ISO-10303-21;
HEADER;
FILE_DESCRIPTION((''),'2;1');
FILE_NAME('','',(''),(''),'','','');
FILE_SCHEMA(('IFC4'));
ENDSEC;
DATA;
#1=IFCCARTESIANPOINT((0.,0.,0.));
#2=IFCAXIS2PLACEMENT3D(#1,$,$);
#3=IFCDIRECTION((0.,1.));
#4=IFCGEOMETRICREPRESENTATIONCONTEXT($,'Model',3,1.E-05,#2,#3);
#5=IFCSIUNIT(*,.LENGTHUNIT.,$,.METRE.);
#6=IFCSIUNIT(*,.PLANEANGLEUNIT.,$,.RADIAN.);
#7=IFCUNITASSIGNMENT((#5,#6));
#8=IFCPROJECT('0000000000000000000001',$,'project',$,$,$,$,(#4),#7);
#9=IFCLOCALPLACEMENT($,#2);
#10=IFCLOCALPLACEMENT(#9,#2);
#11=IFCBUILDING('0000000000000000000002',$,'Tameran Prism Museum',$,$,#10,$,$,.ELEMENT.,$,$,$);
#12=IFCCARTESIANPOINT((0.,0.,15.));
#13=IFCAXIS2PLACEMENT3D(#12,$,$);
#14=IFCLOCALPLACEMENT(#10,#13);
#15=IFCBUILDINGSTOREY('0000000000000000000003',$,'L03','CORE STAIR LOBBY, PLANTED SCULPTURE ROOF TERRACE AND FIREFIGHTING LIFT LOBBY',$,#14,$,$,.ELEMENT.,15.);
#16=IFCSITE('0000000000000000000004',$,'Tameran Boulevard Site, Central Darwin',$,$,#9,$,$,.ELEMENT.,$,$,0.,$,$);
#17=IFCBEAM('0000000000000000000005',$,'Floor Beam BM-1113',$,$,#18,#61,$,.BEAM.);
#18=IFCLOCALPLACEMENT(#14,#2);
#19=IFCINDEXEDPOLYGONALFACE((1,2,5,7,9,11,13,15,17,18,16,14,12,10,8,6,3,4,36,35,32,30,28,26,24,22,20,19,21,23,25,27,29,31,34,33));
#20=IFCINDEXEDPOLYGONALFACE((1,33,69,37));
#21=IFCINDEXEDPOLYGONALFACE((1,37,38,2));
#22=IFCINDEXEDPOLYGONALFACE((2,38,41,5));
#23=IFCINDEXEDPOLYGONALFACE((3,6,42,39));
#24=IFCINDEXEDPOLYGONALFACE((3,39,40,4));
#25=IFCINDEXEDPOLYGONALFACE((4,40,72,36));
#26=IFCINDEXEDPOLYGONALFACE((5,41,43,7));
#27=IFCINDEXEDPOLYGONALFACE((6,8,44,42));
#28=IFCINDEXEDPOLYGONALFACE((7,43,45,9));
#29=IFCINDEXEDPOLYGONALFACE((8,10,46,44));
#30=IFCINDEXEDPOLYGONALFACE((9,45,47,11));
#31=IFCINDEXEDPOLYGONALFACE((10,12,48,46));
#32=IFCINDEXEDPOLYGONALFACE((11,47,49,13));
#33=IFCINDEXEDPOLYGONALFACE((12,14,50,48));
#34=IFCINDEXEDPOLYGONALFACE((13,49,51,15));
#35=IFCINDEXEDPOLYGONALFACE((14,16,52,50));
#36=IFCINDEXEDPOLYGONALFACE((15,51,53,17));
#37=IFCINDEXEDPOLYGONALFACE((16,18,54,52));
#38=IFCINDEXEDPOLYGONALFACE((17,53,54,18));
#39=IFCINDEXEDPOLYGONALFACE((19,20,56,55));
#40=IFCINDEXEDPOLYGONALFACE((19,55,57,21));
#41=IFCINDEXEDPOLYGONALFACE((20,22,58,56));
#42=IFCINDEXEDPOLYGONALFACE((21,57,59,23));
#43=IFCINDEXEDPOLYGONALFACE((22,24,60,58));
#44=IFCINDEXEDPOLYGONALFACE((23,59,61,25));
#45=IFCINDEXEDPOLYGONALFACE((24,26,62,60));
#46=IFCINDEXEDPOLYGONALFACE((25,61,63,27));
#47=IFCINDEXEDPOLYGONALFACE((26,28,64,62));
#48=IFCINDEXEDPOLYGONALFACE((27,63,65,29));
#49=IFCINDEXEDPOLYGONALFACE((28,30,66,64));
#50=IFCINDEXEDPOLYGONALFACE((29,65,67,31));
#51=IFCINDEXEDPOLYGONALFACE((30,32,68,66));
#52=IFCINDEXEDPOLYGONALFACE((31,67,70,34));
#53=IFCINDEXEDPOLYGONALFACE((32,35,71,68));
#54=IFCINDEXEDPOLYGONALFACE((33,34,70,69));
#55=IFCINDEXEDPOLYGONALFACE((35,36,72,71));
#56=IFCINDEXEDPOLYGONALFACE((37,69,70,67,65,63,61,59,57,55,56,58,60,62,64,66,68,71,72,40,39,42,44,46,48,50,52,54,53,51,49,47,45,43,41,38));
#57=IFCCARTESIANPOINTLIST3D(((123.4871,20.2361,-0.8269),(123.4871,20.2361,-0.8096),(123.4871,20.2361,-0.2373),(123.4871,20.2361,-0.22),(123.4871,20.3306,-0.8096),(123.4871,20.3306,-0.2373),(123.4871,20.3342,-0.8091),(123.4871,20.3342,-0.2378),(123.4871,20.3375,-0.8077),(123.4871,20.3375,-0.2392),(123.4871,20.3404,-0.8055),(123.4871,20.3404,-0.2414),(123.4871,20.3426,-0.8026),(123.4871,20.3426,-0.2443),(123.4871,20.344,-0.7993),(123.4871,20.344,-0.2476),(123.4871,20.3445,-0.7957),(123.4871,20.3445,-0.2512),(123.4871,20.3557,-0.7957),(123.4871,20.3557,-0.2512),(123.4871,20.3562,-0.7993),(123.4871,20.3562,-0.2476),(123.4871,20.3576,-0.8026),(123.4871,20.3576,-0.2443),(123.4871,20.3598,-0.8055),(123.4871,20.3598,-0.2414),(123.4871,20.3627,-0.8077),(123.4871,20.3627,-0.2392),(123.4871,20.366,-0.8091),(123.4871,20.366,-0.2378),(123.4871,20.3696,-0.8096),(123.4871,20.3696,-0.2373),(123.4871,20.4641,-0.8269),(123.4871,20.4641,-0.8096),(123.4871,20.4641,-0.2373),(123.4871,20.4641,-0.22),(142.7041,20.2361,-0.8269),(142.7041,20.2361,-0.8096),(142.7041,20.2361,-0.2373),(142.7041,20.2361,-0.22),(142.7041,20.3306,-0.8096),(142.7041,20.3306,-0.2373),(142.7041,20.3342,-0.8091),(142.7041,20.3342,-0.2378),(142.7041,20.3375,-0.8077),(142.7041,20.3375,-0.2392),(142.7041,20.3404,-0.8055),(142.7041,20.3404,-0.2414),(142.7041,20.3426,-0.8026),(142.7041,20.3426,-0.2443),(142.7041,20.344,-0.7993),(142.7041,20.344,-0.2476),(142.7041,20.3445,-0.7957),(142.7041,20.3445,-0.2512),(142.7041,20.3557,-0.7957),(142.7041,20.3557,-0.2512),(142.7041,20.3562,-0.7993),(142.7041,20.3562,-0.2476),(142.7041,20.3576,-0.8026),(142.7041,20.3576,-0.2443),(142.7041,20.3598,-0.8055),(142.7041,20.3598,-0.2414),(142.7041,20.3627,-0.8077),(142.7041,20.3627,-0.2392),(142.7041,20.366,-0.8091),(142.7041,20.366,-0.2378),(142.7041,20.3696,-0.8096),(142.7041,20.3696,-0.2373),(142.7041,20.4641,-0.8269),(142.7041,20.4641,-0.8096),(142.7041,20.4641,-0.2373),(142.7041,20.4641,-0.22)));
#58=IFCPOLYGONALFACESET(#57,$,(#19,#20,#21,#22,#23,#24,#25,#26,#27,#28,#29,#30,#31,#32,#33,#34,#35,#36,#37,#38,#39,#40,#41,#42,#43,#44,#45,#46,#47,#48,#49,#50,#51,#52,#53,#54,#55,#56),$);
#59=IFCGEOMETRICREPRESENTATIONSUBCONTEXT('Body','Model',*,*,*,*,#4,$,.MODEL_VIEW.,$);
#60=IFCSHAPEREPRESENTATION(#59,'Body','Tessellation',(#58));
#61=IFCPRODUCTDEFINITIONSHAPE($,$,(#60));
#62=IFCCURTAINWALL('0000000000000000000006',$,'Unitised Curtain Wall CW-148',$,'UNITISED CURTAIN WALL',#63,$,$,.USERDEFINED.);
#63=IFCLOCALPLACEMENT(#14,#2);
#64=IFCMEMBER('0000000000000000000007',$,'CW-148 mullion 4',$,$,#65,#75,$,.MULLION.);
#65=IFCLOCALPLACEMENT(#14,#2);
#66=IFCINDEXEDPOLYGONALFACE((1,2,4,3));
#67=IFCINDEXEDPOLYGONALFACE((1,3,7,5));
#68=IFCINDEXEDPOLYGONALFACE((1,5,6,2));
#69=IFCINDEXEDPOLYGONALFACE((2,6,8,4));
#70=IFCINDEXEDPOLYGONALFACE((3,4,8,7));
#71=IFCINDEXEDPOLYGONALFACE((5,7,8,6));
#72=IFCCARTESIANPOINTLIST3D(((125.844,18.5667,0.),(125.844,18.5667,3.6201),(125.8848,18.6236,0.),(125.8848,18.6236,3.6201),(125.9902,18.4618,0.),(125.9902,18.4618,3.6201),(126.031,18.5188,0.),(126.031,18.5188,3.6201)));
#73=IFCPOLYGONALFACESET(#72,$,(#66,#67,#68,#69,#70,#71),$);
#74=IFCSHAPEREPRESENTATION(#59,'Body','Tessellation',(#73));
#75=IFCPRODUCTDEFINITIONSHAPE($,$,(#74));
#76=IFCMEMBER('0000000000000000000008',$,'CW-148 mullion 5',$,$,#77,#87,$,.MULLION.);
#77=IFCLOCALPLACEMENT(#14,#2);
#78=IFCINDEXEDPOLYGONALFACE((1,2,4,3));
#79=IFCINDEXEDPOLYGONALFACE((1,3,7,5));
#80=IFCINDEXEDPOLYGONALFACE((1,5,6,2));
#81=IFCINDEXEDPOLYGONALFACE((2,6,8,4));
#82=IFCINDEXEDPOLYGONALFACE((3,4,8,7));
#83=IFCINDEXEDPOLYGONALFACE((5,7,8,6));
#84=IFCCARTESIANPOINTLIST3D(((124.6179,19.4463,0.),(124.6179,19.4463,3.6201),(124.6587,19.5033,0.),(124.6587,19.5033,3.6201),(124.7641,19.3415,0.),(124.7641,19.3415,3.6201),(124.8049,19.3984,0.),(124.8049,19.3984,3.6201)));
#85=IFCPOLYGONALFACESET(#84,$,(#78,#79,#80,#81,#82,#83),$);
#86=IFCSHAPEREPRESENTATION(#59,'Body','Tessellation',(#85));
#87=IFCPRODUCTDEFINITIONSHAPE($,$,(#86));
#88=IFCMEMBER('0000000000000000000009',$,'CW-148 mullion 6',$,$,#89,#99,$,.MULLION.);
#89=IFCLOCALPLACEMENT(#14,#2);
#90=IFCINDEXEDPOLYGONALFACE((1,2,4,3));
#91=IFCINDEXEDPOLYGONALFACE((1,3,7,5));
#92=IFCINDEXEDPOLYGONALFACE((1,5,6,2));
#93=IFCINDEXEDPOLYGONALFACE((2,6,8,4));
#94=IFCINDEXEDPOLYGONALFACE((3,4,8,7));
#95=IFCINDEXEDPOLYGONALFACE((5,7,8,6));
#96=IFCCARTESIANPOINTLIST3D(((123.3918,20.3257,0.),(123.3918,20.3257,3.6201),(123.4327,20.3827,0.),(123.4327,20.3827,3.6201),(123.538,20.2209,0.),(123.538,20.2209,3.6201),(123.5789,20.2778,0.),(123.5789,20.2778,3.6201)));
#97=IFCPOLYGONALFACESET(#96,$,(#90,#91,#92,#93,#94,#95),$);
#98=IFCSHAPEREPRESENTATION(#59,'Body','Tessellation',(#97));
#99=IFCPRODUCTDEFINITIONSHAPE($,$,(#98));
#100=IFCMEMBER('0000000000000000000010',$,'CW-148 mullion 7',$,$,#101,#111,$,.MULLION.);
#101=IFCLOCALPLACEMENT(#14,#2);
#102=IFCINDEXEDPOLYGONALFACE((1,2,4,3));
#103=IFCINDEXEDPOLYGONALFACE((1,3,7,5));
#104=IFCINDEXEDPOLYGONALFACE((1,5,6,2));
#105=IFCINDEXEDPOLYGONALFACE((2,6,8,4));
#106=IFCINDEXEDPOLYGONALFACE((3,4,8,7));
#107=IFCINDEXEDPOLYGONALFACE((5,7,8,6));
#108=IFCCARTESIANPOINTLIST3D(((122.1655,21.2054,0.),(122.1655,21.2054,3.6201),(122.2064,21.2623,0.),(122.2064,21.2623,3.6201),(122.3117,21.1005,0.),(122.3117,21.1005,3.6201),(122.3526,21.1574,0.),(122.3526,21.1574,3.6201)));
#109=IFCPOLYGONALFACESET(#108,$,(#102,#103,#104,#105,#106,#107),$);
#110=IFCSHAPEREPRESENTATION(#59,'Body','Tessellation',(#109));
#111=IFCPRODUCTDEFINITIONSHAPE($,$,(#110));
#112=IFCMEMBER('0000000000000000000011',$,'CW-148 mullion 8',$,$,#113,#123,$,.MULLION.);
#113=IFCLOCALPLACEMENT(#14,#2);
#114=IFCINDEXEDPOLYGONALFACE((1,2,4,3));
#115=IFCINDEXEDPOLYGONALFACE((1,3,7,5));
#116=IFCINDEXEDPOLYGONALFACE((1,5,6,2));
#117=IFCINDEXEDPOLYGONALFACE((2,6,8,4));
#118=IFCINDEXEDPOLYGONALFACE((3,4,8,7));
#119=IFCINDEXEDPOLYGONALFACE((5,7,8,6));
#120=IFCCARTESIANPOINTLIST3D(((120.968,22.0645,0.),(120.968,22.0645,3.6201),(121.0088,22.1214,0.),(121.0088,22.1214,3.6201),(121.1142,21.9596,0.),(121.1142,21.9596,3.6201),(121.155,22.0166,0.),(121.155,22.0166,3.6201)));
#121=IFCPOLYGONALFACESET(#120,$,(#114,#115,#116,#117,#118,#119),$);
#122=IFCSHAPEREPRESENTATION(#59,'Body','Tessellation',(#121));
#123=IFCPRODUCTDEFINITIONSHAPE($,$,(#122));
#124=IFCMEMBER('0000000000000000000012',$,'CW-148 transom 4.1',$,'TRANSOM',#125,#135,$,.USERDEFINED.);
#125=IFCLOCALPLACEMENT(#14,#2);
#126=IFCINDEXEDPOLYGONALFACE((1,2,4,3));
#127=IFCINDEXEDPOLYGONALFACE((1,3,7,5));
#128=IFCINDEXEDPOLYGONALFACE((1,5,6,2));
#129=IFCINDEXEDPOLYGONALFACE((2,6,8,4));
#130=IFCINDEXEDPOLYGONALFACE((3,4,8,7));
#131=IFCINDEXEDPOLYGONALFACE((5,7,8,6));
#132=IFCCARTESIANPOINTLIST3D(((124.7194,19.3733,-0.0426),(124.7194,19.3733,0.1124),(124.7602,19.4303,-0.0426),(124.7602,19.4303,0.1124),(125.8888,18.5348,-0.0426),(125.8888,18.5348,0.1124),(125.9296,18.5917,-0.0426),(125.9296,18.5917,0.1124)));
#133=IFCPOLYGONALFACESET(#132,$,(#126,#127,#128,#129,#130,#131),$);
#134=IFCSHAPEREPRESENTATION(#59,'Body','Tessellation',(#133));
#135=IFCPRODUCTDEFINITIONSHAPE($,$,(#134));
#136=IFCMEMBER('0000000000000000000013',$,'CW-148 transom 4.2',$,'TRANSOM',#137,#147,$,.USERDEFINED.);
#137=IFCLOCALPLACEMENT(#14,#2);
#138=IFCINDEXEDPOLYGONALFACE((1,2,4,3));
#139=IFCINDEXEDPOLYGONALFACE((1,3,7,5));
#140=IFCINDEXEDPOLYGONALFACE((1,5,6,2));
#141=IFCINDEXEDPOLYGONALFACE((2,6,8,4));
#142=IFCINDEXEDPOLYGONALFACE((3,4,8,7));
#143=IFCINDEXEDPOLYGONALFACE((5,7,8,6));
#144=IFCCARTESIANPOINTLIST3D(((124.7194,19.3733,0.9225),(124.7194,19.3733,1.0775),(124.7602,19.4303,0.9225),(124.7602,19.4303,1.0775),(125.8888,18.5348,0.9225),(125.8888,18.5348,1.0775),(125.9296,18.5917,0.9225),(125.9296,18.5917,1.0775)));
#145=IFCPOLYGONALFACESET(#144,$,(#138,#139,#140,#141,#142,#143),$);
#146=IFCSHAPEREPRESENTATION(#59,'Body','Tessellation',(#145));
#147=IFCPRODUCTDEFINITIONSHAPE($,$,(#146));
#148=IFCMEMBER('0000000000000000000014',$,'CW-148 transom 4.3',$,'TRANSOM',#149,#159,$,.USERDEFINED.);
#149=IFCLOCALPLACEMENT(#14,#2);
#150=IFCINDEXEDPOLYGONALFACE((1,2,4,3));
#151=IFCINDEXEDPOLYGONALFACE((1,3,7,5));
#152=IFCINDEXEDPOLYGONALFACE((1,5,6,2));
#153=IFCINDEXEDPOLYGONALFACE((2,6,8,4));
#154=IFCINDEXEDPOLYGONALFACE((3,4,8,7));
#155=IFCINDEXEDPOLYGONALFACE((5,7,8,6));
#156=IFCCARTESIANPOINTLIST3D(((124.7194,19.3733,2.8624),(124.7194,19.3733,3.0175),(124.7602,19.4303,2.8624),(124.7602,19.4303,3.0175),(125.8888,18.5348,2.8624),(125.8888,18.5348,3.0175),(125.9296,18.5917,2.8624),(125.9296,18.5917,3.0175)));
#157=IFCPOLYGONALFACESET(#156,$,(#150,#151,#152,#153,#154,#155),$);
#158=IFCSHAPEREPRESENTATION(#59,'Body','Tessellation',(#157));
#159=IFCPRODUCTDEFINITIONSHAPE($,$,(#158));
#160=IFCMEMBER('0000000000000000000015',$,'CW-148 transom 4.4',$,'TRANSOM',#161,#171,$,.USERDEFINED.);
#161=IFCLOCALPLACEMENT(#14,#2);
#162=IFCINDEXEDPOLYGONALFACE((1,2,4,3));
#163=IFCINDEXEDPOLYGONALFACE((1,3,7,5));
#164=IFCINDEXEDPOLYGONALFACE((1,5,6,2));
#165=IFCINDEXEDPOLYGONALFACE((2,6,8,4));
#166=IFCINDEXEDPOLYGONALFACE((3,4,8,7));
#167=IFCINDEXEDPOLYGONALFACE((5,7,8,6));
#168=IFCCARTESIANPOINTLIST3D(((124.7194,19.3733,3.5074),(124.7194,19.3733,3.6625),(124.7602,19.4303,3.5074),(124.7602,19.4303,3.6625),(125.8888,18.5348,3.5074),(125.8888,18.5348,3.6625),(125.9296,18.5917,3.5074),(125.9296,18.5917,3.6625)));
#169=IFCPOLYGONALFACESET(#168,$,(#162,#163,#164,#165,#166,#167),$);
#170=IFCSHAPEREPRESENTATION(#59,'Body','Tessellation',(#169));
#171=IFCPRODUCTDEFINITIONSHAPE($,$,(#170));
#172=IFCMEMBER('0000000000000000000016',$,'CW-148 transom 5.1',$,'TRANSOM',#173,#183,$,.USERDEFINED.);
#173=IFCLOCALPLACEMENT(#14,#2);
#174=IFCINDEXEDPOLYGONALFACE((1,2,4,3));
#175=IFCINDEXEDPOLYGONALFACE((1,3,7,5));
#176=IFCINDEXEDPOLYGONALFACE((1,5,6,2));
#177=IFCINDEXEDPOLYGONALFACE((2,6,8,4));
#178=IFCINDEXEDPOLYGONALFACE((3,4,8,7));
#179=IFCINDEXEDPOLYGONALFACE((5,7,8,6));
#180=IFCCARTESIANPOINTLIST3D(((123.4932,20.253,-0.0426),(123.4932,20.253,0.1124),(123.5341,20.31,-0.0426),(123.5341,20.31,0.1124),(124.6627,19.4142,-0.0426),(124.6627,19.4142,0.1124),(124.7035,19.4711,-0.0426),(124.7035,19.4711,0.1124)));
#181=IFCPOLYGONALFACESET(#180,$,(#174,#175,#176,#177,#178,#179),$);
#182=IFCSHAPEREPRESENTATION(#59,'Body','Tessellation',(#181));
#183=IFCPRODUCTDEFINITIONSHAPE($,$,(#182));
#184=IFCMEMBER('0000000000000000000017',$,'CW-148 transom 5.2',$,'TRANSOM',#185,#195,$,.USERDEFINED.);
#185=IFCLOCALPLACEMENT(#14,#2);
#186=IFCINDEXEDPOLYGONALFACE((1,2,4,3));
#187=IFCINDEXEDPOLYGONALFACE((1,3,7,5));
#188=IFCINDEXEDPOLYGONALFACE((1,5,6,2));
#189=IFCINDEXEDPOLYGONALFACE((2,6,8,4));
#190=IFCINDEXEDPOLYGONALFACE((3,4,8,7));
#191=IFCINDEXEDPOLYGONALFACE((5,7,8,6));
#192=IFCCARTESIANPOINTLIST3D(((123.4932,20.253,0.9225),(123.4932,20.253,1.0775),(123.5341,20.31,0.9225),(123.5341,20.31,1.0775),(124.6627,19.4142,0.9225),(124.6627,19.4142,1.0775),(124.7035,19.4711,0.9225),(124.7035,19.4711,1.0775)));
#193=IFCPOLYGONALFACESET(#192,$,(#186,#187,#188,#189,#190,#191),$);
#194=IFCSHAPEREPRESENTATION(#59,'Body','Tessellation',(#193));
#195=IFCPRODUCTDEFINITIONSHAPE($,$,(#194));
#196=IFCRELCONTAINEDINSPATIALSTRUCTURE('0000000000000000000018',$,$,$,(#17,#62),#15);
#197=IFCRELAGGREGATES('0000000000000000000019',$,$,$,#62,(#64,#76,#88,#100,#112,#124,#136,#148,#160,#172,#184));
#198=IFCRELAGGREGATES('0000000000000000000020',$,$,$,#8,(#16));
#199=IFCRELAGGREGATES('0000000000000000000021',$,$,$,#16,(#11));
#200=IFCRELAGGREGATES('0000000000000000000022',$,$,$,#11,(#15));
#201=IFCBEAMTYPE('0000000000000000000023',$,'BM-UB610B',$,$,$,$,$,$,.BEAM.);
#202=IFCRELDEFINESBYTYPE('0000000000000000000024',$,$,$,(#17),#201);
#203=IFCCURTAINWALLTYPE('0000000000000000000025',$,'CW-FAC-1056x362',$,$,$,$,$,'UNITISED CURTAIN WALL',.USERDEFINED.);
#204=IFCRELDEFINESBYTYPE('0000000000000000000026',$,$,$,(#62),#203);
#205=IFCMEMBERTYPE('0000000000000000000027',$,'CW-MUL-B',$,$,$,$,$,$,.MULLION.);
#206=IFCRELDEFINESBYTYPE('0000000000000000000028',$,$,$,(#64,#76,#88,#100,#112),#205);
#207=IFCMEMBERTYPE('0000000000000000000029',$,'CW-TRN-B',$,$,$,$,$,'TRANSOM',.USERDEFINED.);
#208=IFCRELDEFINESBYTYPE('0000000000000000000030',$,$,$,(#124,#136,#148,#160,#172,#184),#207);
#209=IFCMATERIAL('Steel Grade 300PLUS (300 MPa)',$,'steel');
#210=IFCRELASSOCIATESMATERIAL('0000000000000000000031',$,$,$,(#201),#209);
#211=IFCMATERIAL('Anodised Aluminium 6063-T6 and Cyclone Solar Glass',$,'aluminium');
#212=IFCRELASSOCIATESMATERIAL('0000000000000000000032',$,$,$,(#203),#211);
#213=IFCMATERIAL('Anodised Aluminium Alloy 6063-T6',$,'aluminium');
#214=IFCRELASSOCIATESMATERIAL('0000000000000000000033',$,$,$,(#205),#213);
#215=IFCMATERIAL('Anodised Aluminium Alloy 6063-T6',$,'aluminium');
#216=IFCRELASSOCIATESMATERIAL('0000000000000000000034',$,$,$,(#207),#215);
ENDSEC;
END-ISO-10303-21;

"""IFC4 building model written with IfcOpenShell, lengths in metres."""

from ifc_helpers import new_model, si_unit, direction, frame, origin, origin_2d, place, context, subcontext, project, spatial, rectangle, i_section, extrude, material, material_profile, profile_set, type_object, element, aggregate, save


model = new_model("IFC4")

# Units and contexts
model_context = context("Model", 3, precision=1e-05, world=origin(), true_north=direction((0.0, 1.0)))
body_context = subcontext(model_context, "Body", "Model", "MODEL_VIEW")
ifc_project = project(units=[si_unit("LENGTHUNIT", "METRE"), si_unit("PLANEANGLEUNIT", "RADIAN")], contexts=[model_context])

# Site, building, storey
site_placement = place(None, origin())
site = spatial("IfcSite", under=ifc_project, at=site_placement, Name="Tameran Boulevard Site, Central Darwin", CompositionType="ELEMENT", RefElevation=0.0)
building_placement = place(site_placement, origin())
building = spatial("IfcBuilding", under=site, at=building_placement, Name="Tameran Prism Museum", CompositionType="ELEMENT")
storey_placement = place(building_placement, frame((0.0, 0.0, 15.0)))
storey = spatial("IfcBuildingStorey", under=building, at=storey_placement, Name="L03", Description="CORE STAIR LOBBY, PLANTED SCULPTURE ROOF TERRACE AND FIREFIGHTING LIFT LOBBY", CompositionType="ELEMENT", Elevation=15.0)

# Beam
ifc_material_1 = material(Name="Steel Grade 300PLUS (300 MPa)", Category="steel")
ifc_material_profile_1 = material_profile(ifc_material_1, i_section(OverallWidth=0.228, OverallDepth=0.6069, WebThickness=0.0112, FlangeThickness=0.0173, FilletRadius=0.0139, at=origin_2d()))
ifc_profile_set_1 = profile_set([ifc_material_profile_1])
beam_type = type_object("IfcBeamType", Name="BM-UB610B", PredefinedType="BEAM", material=ifc_profile_set_1)
beam_placement = place(storey_placement, frame((123.4871, 20.3501, -0.5234), z_axis=(1.0, 0.0, 0.0), x_axis=(0.0, 1.0, 0.0)))
element("IfcBeam", 1, at=beam_placement, inside=storey, type_object=beam_type, Name="Floor Beam BM-1113", PredefinedType="BEAM", context=body_context, shape_type="SweptSolid", body=[
    extrude(i_section(OverallWidth=0.228, OverallDepth=0.6069, WebThickness=0.0112, FlangeThickness=0.0173, FilletRadius=0.0139, at=origin_2d()), origin(), (0.0, 0.0, 1.0), 19.217),
])

# Curtain wall, members
ifc_material_2 = material(Name="Anodised Aluminium 6063-T6 and Cyclone Solar Glass", Category="aluminium")
curtain_wall_type = type_object("IfcCurtainWallType", Name="CW-FAC-1056x362", ElementType="UNITISED CURTAIN WALL", PredefinedType="USERDEFINED", material=ifc_material_2)
curtain_wall_placement = place(storey_placement, origin())
curtain_wall = element("IfcCurtainWall", 2, at=curtain_wall_placement, inside=storey, type_object=curtain_wall_type, Name="Unitised Curtain Wall CW-148", ObjectType="UNITISED CURTAIN WALL", PredefinedType="USERDEFINED")
ifc_material_3 = material(Name="Anodised Aluminium Alloy 6063-T6", Category="aluminium")
ifc_material_profile_2 = material_profile(ifc_material_3, rectangle(XDim=0.0701, YDim=0.1799, at=origin_2d()))
ifc_profile_set_2 = profile_set([ifc_material_profile_2])
member_type_1 = type_object("IfcMemberType", Name="CW-MUL-B", PredefinedType="MULLION", material=ifc_profile_set_2)
member_1_placement = place(storey_placement, frame((125.9375, 18.5427, 0.0), z_axis=(0.0, 0.0, 1.0), x_axis=(-0.582885, -0.812555, 0.0)))
member_1 = element("IfcMember", 3, at=member_1_placement, type_object=member_type_1, Name="CW-148 mullion 4", PredefinedType="MULLION", context=body_context, shape_type="SweptSolid", body=[
    extrude(rectangle(XDim=0.0701, YDim=0.1799, at=origin_2d()), origin(), (0.0, 0.0, 1.0), 3.6201),
])
member_2_placement = place(storey_placement, frame((124.7114, 19.4224, 0.0), z_axis=(0.0, 0.0, 1.0), x_axis=(-0.582885, -0.812555, 0.0)))
member_2 = element("IfcMember", 4, at=member_2_placement, type_object=member_type_1, Name="CW-148 mullion 5", PredefinedType="MULLION", context=body_context, shape_type="SweptSolid", body=[
    extrude(rectangle(XDim=0.0701, YDim=0.1799, at=origin_2d()), origin(), (0.0, 0.0, 1.0), 3.6201),
])
member_3_placement = place(storey_placement, frame((123.4854, 20.3018, 0.0), z_axis=(0.0, 0.0, 1.0), x_axis=(-0.582885, -0.812555, 0.0)))
member_3 = element("IfcMember", 5, at=member_3_placement, type_object=member_type_1, Name="CW-148 mullion 6", PredefinedType="MULLION", context=body_context, shape_type="SweptSolid", body=[
    extrude(rectangle(XDim=0.0701, YDim=0.1799, at=origin_2d()), origin(), (0.0, 0.0, 1.0), 3.6201),
])
member_4_placement = place(storey_placement, frame((122.259, 21.1814, 0.0), z_axis=(0.0, 0.0, 1.0), x_axis=(-0.582885, -0.812555, 0.0)))
member_4 = element("IfcMember", 6, at=member_4_placement, type_object=member_type_1, Name="CW-148 mullion 7", PredefinedType="MULLION", context=body_context, shape_type="SweptSolid", body=[
    extrude(rectangle(XDim=0.0701, YDim=0.1799, at=origin_2d()), origin(), (0.0, 0.0, 1.0), 3.6201),
])
member_5_placement = place(storey_placement, frame((121.0615, 22.0405, 0.0), z_axis=(0.0, 0.0, 1.0), x_axis=(-0.582885, -0.812555, 0.0)))
member_5 = element("IfcMember", 7, at=member_5_placement, type_object=member_type_1, Name="CW-148 mullion 8", PredefinedType="MULLION", context=body_context, shape_type="SweptSolid", body=[
    extrude(rectangle(XDim=0.0701, YDim=0.1799, at=origin_2d()), origin(), (0.0, 0.0, 1.0), 3.6201),
])
ifc_material_4 = material(Name="Anodised Aluminium Alloy 6063-T6", Category="aluminium")
ifc_material_profile_3 = material_profile(ifc_material_4, rectangle(XDim=0.0701, YDim=0.155, at=origin_2d()))
ifc_profile_set_3 = profile_set([ifc_material_profile_3])
member_type_2 = type_object("IfcMemberType", Name="CW-TRN-B", ElementType="TRANSOM", PredefinedType="USERDEFINED", material=ifc_profile_set_3)
member_6_placement = place(storey_placement, frame((125.9092, 18.5632, 0.0349), z_axis=(-0.812643, 0.582762, 0.0), x_axis=(-0.582762, -0.812643, 0.0)))
member_6 = element("IfcMember", 8, at=member_6_placement, type_object=member_type_2, Name="CW-148 transom 4.1", ObjectType="TRANSOM", PredefinedType="USERDEFINED", context=body_context, shape_type="SweptSolid", body=[
    extrude(rectangle(XDim=0.0701, YDim=0.155, at=origin_2d()), origin(), (0.0, 0.0, 1.0), 1.439),
])
member_7_placement = place(storey_placement, frame((125.9092, 18.5632, 1.0), z_axis=(-0.812643, 0.582762, 0.0), x_axis=(-0.582762, -0.812643, 0.0)))
member_7 = element("IfcMember", 9, at=member_7_placement, type_object=member_type_2, Name="CW-148 transom 4.2", ObjectType="TRANSOM", PredefinedType="USERDEFINED", context=body_context, shape_type="SweptSolid", body=[
    extrude(rectangle(XDim=0.0701, YDim=0.155, at=origin_2d()), origin(), (0.0, 0.0, 1.0), 1.439),
])
member_8_placement = place(storey_placement, frame((125.9092, 18.5632, 2.9399), z_axis=(-0.812643, 0.582762, 0.0), x_axis=(-0.582762, -0.812643, 0.0)))
member_8 = element("IfcMember", 10, at=member_8_placement, type_object=member_type_2, Name="CW-148 transom 4.3", ObjectType="TRANSOM", PredefinedType="USERDEFINED", context=body_context, shape_type="SweptSolid", body=[
    extrude(rectangle(XDim=0.0701, YDim=0.155, at=origin_2d()), origin(), (0.0, 0.0, 1.0), 1.439),
])
member_9_placement = place(storey_placement, frame((125.9092, 18.5632, 3.585), z_axis=(-0.812643, 0.582762, 0.0), x_axis=(-0.582762, -0.812643, 0.0)))
member_9 = element("IfcMember", 11, at=member_9_placement, type_object=member_type_2, Name="CW-148 transom 4.4", ObjectType="TRANSOM", PredefinedType="USERDEFINED", context=body_context, shape_type="SweptSolid", body=[
    extrude(rectangle(XDim=0.0701, YDim=0.155, at=origin_2d()), origin(), (0.0, 0.0, 1.0), 1.439),
])
member_10_placement = place(storey_placement, frame((124.6831, 19.4426, 0.0349), z_axis=(-0.812563, 0.582874, 0.0), x_axis=(-0.582874, -0.812563, 0.0)))
member_10 = element("IfcMember", 12, at=member_10_placement, type_object=member_type_2, Name="CW-148 transom 5.1", ObjectType="TRANSOM", PredefinedType="USERDEFINED", context=body_context, shape_type="SweptSolid", body=[
    extrude(rectangle(XDim=0.0701, YDim=0.155, at=origin_2d()), origin(), (0.0, 0.0, 1.0), 1.4392),
])
member_11_placement = place(storey_placement, frame((124.6831, 19.4426, 1.0), z_axis=(-0.812563, 0.582874, 0.0), x_axis=(-0.582874, -0.812563, 0.0)))
member_11 = element("IfcMember", 13, at=member_11_placement, type_object=member_type_2, Name="CW-148 transom 5.2", ObjectType="TRANSOM", PredefinedType="USERDEFINED", context=body_context, shape_type="SweptSolid", body=[
    extrude(rectangle(XDim=0.0701, YDim=0.155, at=origin_2d()), origin(), (0.0, 0.0, 1.0), 1.4392),
])
aggregate(curtain_wall, [member_1, member_2, member_3, member_4, member_5, member_6, member_7, member_8, member_9, member_10, member_11])

save(model, "model.ifc")
